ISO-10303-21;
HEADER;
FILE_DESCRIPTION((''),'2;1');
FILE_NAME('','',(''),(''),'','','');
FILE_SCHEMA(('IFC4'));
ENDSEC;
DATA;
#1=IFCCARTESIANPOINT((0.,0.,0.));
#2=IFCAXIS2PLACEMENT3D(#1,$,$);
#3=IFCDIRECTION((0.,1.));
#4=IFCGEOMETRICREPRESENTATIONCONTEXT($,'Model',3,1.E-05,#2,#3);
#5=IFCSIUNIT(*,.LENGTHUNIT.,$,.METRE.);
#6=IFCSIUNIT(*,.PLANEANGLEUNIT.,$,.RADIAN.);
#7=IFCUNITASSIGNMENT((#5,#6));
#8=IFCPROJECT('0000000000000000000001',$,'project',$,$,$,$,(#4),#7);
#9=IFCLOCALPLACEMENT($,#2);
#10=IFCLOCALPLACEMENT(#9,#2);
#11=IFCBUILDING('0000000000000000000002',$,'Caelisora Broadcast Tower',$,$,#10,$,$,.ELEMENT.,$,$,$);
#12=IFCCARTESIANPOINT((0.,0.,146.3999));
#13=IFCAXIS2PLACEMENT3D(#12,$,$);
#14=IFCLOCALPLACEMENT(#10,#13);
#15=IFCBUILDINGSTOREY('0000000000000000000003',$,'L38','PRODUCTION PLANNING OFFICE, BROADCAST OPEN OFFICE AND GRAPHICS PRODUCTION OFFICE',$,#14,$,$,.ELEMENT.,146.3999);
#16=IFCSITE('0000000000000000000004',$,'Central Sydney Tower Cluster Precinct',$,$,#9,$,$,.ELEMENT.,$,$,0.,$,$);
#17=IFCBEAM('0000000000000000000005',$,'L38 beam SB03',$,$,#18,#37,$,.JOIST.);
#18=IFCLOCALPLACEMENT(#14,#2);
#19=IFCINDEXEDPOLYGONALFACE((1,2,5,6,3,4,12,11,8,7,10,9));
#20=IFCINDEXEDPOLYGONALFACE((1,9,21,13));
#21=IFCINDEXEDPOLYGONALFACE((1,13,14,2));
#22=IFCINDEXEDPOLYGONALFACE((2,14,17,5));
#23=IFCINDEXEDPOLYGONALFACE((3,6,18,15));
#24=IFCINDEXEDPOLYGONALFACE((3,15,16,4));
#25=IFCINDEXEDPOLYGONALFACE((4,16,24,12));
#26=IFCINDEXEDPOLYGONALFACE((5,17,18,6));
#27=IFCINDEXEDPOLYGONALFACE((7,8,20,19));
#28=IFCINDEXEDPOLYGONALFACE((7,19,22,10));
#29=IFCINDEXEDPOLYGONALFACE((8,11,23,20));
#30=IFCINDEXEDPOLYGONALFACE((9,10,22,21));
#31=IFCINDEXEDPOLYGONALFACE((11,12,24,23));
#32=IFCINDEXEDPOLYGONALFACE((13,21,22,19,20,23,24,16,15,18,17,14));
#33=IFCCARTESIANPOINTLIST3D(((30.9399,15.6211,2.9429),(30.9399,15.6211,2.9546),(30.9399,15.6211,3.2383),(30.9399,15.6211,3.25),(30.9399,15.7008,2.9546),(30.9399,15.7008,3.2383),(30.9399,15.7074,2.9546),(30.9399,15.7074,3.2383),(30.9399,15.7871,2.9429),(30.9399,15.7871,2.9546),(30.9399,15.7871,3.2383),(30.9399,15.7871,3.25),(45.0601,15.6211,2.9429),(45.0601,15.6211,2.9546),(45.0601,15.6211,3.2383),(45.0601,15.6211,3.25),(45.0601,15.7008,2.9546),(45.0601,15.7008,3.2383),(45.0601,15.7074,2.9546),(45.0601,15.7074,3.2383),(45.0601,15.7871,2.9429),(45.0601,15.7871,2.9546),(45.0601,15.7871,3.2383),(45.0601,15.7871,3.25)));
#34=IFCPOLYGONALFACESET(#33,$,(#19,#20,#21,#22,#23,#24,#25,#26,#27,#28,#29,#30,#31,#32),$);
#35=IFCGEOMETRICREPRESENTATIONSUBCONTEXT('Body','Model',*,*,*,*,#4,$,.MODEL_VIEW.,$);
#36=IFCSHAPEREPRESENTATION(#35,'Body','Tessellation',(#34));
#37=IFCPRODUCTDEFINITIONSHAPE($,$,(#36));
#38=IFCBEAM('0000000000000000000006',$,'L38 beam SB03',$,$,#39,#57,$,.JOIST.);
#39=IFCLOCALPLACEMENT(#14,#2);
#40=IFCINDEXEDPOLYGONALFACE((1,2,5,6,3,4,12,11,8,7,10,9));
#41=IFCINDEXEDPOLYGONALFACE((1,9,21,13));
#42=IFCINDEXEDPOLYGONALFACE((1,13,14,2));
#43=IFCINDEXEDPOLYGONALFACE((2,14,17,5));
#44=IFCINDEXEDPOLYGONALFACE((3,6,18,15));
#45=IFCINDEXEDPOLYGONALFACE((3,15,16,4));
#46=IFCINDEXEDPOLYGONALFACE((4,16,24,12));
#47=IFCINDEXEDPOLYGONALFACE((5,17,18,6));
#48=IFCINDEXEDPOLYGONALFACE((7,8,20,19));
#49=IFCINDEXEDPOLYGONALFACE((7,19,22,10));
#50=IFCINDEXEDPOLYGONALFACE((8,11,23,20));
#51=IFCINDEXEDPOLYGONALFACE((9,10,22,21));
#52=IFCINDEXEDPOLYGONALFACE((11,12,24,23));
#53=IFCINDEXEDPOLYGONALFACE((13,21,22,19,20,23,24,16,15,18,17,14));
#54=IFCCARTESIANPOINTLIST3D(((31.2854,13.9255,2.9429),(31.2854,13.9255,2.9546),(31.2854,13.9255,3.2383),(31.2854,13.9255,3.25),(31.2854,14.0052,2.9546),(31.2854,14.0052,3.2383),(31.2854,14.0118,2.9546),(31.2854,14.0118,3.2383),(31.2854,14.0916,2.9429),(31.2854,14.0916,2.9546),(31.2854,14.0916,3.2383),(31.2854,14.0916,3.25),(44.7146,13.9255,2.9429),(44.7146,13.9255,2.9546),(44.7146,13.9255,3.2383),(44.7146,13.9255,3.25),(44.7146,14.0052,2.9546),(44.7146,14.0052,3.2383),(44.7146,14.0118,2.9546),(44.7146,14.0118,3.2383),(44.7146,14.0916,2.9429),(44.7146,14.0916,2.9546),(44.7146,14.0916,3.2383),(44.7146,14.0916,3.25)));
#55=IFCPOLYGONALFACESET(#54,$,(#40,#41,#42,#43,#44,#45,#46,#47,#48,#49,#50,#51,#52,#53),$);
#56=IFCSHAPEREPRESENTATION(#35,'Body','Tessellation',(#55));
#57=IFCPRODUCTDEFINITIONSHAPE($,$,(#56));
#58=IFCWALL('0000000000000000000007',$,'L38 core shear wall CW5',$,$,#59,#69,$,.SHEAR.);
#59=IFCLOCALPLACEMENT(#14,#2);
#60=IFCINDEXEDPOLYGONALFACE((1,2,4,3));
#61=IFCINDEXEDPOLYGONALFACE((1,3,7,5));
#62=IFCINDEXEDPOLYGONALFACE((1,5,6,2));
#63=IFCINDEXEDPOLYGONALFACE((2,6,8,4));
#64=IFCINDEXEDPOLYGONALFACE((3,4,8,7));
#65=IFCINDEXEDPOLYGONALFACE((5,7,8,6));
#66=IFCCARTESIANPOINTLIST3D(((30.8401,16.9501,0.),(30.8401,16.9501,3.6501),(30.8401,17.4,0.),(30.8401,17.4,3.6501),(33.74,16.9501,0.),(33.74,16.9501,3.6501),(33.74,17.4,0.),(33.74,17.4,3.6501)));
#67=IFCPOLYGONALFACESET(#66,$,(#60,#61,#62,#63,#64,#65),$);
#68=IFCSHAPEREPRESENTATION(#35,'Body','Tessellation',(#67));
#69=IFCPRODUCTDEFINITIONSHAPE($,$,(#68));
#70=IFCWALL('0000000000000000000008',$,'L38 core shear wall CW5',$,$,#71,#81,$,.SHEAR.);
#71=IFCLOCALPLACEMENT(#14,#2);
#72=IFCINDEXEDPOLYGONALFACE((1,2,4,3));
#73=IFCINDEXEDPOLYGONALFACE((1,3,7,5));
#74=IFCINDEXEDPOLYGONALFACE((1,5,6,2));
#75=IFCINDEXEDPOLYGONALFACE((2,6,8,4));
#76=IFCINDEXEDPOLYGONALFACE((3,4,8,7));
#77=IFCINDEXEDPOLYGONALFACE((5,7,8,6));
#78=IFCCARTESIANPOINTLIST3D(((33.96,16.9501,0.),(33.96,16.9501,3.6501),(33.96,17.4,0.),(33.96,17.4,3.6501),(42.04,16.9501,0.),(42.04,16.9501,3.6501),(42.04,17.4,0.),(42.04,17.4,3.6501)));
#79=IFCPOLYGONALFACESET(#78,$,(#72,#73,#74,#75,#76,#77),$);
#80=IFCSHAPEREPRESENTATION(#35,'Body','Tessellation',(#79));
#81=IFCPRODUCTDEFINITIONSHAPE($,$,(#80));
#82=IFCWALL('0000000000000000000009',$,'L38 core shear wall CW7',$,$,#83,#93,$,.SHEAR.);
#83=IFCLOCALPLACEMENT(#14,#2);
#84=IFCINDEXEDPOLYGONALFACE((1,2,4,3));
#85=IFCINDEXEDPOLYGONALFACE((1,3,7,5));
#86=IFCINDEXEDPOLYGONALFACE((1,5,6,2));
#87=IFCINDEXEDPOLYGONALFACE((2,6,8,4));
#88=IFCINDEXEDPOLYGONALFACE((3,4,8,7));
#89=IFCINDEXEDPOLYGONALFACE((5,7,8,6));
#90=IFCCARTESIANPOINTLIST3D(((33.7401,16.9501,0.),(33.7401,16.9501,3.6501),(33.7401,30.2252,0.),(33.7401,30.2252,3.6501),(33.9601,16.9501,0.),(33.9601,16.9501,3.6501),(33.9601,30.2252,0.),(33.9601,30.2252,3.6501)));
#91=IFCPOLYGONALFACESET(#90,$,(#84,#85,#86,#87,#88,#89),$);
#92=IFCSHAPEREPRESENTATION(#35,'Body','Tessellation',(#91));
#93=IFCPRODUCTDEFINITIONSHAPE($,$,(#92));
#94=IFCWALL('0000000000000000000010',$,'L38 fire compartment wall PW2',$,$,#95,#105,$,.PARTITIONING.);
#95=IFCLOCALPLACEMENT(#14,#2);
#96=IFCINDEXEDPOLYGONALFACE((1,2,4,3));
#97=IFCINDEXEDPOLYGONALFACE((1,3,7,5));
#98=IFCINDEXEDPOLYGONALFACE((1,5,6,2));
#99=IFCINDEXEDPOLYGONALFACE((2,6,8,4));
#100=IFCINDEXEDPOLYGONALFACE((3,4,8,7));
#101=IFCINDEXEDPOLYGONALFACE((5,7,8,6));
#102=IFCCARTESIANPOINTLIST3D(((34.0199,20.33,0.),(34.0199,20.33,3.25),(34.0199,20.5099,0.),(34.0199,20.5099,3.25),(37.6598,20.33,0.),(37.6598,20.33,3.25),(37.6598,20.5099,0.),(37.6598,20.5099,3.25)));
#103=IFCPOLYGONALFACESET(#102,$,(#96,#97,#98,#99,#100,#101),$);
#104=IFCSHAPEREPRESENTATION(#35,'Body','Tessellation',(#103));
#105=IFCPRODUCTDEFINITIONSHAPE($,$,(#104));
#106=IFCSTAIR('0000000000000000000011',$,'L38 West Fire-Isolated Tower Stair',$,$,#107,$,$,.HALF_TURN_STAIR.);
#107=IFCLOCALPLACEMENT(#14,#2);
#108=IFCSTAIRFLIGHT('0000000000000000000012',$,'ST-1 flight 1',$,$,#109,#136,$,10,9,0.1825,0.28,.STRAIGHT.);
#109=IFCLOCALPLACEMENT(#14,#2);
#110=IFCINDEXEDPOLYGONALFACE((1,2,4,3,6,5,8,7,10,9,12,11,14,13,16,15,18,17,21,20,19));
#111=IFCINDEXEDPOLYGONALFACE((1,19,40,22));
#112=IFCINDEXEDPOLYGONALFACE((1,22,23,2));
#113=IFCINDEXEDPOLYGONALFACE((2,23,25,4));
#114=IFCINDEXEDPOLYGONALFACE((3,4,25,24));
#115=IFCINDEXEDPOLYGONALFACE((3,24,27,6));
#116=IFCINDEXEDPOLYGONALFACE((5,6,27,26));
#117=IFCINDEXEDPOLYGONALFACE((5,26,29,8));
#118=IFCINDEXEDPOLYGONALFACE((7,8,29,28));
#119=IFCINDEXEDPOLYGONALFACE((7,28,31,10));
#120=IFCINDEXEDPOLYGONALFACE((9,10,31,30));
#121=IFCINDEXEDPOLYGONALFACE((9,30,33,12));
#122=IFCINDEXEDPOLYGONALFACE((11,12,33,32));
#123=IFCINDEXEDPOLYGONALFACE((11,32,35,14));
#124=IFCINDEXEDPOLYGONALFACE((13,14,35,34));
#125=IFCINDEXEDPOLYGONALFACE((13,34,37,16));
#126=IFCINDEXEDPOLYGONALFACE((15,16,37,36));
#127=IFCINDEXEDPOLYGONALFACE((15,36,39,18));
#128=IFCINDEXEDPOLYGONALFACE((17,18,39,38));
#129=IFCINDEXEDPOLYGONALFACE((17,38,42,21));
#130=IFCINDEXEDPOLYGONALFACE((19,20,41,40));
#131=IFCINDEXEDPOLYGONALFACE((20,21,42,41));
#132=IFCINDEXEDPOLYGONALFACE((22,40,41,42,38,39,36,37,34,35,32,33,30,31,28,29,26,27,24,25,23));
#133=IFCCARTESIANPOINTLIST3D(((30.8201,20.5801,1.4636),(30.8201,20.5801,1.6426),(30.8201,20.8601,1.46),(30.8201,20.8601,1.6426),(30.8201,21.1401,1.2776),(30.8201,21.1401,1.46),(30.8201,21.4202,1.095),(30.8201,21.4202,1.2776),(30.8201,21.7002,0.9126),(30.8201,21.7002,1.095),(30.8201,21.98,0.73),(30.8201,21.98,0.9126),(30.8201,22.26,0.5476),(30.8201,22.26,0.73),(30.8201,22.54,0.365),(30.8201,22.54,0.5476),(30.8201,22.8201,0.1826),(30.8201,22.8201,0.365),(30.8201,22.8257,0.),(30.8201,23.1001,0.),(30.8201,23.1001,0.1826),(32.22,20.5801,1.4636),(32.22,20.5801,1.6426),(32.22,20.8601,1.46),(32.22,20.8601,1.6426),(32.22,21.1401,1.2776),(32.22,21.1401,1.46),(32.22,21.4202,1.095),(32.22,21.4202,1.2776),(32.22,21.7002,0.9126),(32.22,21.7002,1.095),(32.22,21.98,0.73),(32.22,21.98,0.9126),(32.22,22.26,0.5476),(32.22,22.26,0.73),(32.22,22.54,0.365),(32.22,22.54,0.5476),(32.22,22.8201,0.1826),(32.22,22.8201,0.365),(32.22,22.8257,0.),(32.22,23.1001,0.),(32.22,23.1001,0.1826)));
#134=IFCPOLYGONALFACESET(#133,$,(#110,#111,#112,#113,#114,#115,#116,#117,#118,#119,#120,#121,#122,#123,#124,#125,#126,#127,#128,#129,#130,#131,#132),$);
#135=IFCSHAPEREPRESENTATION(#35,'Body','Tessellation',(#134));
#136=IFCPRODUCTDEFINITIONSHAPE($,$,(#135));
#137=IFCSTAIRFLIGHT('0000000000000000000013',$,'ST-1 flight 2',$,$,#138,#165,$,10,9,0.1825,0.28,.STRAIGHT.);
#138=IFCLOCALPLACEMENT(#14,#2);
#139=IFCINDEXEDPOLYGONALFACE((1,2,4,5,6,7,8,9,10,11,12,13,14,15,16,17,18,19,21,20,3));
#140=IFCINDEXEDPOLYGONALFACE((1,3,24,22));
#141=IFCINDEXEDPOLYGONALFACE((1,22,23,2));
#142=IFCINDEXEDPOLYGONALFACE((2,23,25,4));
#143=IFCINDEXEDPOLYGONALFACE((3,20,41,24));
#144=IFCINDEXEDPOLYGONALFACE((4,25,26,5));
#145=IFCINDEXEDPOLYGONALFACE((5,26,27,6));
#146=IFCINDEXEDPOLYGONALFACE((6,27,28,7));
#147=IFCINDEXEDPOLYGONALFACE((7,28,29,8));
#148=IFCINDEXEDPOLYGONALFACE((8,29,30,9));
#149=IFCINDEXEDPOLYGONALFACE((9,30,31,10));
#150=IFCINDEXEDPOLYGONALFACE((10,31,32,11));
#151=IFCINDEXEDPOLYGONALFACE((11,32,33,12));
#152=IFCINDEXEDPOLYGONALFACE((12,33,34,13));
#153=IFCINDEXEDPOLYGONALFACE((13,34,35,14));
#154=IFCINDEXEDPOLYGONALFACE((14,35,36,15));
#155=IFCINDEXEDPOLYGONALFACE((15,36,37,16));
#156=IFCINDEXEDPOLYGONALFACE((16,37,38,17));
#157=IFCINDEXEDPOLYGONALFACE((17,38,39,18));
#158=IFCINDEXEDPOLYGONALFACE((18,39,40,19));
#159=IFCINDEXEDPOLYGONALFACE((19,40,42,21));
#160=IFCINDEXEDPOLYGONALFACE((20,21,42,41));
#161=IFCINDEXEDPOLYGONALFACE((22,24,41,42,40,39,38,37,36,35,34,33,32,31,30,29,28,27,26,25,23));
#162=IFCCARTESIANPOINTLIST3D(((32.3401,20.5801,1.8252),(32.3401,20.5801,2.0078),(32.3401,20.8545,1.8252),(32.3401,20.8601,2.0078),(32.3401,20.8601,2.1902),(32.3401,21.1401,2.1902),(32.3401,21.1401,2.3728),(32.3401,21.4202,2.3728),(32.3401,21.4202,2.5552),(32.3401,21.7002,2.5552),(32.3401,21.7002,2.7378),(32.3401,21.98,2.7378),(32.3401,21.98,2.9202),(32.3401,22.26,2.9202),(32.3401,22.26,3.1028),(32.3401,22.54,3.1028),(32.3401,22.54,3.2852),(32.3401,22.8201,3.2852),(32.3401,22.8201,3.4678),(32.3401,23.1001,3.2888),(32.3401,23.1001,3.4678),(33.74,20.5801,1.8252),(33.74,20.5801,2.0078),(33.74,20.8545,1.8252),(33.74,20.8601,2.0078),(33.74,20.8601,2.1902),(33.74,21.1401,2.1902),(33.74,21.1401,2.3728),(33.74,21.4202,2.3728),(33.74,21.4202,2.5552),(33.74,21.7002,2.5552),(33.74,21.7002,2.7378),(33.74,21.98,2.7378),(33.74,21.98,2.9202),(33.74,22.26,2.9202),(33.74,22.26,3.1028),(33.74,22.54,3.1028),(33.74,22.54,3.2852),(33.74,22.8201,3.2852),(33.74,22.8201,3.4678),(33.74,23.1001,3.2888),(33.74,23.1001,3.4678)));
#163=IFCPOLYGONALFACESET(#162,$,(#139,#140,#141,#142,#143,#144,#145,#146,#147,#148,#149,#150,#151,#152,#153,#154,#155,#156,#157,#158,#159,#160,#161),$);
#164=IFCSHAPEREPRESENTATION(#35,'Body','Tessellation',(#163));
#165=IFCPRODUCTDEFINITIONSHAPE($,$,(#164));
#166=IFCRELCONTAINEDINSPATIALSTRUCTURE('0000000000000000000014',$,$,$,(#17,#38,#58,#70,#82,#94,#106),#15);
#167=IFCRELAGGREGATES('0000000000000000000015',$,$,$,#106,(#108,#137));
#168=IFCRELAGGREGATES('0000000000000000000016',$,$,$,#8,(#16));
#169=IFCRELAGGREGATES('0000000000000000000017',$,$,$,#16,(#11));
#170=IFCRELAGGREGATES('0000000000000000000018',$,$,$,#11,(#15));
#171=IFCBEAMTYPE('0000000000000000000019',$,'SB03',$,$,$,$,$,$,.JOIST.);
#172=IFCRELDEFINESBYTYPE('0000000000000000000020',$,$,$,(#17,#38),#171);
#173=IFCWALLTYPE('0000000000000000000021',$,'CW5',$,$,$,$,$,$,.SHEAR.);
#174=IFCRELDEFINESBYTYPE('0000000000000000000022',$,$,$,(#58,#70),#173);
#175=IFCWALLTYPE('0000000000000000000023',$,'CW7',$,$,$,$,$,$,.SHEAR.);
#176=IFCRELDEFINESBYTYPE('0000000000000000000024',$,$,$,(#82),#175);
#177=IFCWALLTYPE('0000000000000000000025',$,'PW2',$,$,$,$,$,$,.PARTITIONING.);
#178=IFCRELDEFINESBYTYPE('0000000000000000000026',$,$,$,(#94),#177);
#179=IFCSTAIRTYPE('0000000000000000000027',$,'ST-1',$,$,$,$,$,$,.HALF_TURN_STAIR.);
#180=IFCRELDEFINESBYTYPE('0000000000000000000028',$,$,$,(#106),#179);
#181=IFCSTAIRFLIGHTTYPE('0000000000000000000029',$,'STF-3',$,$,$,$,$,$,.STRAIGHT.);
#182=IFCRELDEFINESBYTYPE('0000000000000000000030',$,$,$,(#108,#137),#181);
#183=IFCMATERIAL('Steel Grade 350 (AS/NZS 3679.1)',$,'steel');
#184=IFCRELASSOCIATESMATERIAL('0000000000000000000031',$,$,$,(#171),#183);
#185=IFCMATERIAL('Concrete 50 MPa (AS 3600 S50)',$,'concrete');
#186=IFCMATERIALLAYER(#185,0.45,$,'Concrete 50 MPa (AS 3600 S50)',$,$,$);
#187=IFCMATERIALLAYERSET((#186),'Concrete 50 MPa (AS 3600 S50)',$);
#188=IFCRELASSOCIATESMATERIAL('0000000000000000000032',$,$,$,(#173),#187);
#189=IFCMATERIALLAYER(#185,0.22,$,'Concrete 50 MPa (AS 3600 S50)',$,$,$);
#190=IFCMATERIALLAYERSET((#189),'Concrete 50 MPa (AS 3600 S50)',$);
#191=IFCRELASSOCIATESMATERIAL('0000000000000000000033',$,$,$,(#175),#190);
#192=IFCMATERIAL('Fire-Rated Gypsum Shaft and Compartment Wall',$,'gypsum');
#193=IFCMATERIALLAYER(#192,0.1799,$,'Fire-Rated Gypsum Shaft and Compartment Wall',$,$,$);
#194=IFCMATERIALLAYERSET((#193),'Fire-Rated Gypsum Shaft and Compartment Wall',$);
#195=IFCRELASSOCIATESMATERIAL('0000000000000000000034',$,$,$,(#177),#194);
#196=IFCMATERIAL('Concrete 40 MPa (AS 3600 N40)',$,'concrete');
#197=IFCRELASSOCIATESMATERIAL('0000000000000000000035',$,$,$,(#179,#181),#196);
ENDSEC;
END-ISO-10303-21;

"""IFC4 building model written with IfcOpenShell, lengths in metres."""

from ifc_helpers import new_model, si_unit, direction, frame, frame_2d, origin, origin_2d, place, context, subcontext, project, spatial, polyline, rectangle, i_section, outline, extrude, source, transform, mapped, material, layer, layer_set, material_profile, profile_set, type_object, element, aggregate, save


model = new_model("IFC4")

# Units and contexts
model_context = context("Model", 3, precision=1e-05, world=origin(), true_north=direction((0.0, 1.0)))
body_context = subcontext(model_context, "Body", "Model", "MODEL_VIEW")
ifc_project = project(units=[si_unit("LENGTHUNIT", "METRE"), si_unit("PLANEANGLEUNIT", "RADIAN")], contexts=[model_context])

# Site, building, storey
site_placement = place(None, origin())
site = spatial("IfcSite", under=ifc_project, at=site_placement, Name="Central Sydney Tower Cluster Precinct", CompositionType="ELEMENT", RefElevation=0.0)
building_placement = place(site_placement, origin())
building = spatial("IfcBuilding", under=site, at=building_placement, Name="Caelisora Broadcast Tower", CompositionType="ELEMENT")
storey_placement = place(building_placement, frame((0.0, 0.0, 146.3999)))
storey = spatial("IfcBuildingStorey", under=building, at=storey_placement, Name="L38", Description="PRODUCTION PLANNING OFFICE, BROADCAST OPEN OFFICE AND GRAPHICS PRODUCTION OFFICE", CompositionType="ELEMENT", Elevation=146.3999)

# Beams
ifc_material_1 = material(Name="Steel Grade 350 (AS/NZS 3679.1)", Category="steel")
ifc_material_profile_1 = material_profile(ifc_material_1, i_section(OverallWidth=0.166, OverallDepth=0.3071, WebThickness=0.0066, FlangeThickness=0.0117, at=origin_2d()), Name="Steel Grade 350 (AS/NZS 3679.1)")
ifc_profile_set_1 = profile_set([ifc_material_profile_1], Name="Steel Grade 350 (AS/NZS 3679.1)")
beam_type_1 = type_object("IfcBeamType", Name="SB03", PredefinedType="JOIST", material=ifc_profile_set_1)
shared_shape_1 = source(origin(), body_context, "Body", "SweptSolid", [
    extrude(i_section(OverallWidth=0.166, OverallDepth=0.3071, WebThickness=0.0066, FlangeThickness=0.0117, at=origin_2d()), origin(), (0.0, 0.0, 1.0), 14.1201),
])
beam_1_placement = place(storey_placement, frame((30.9399, 15.7041, 3.0964), z_axis=(1.0, 0.0, 0.0), x_axis=(0.0, 1.0, 0.0)))
element("IfcBeam", 1, at=beam_1_placement, inside=storey, type_object=beam_type_1, Name="L38 beam SB03", PredefinedType="JOIST", context=body_context, shape_type="MappedRepresentation", body=[
    mapped(shared_shape_1, transform((0.0, 0.0, 0.0), scale=1.0)),
])
shared_shape_2 = source(origin(), body_context, "Body", "SweptSolid", [
    extrude(i_section(OverallWidth=0.166, OverallDepth=0.3071, WebThickness=0.0066, FlangeThickness=0.0117, at=origin_2d()), origin(), (0.0, 0.0, 1.0), 13.4292),
])
beam_2_placement = place(storey_placement, frame((31.2854, 14.0085, 3.0964), z_axis=(1.0, 0.0, 0.0), x_axis=(0.0, 1.0, 0.0)))
element("IfcBeam", 2, at=beam_2_placement, inside=storey, type_object=beam_type_1, Name="L38 beam SB03", PredefinedType="JOIST", context=body_context, shape_type="MappedRepresentation", body=[
    mapped(shared_shape_2, transform((0.0, 0.0, 0.0), scale=1.0)),
])

# Shared definitions
ifc_material_2 = material(Name="Concrete 50 MPa (AS 3600 S50)", Category="concrete")

# Walls
ifc_layer_1 = layer(ifc_material_2, 0.45, Name="Concrete 50 MPa (AS 3600 S50)")
ifc_layer_set_1 = layer_set([ifc_layer_1], Name="Concrete 50 MPa (AS 3600 S50)")
wall_type_1 = type_object("IfcWallType", Name="CW5", PredefinedType="SHEAR", material=ifc_layer_set_1)
wall_1_placement = place(storey_placement, frame((30.8401, 17.175, 0.0), z_axis=(0.0, 0.0, 1.0), x_axis=(1.0, 0.0, 0.0)))
element("IfcWall", 3, at=wall_1_placement, inside=storey, type_object=wall_type_1, Name="L38 core shear wall CW5", PredefinedType="SHEAR", context=body_context, shape_type="SweptSolid", body=[
    extrude(rectangle(XDim=2.8999, YDim=0.45, at=frame_2d((1.45, 0.0))), origin(), (0.0, 0.0, 1.0), 3.6501),
])
wall_2_placement = place(storey_placement, frame((33.96, 17.175, 0.0), z_axis=(0.0, 0.0, 1.0), x_axis=(1.0, 0.0, 0.0)))
element("IfcWall", 4, at=wall_2_placement, inside=storey, type_object=wall_type_1, Name="L38 core shear wall CW5", PredefinedType="SHEAR", context=body_context, shape_type="SweptSolid", body=[
    extrude(rectangle(XDim=8.0801, YDim=0.45, at=frame_2d((4.04, 0.0))), origin(), (0.0, 0.0, 1.0), 3.6501),
])
ifc_layer_2 = layer(ifc_material_2, 0.22, Name="Concrete 50 MPa (AS 3600 S50)")
ifc_layer_set_2 = layer_set([ifc_layer_2], Name="Concrete 50 MPa (AS 3600 S50)")
wall_type_2 = type_object("IfcWallType", Name="CW7", PredefinedType="SHEAR", material=ifc_layer_set_2)
wall_3_placement = place(storey_placement, frame((33.8501, 16.95, 0.0), z_axis=(0.0, 0.0, 1.0), x_axis=(0.0, 1.0, 0.0)))
element("IfcWall", 5, at=wall_3_placement, inside=storey, type_object=wall_type_2, Name="L38 core shear wall CW7", PredefinedType="SHEAR", context=body_context, shape_type="SweptSolid", body=[
    extrude(rectangle(XDim=13.2751, YDim=0.22, at=frame_2d((6.6377, 0.0))), origin(), (0.0, 0.0, 1.0), 3.6501),
])
ifc_material_3 = material(Name="Fire-Rated Gypsum Shaft and Compartment Wall", Category="gypsum")
ifc_layer_3 = layer(ifc_material_3, 0.1799, Name="Fire-Rated Gypsum Shaft and Compartment Wall")
ifc_layer_set_3 = layer_set([ifc_layer_3], Name="Fire-Rated Gypsum Shaft and Compartment Wall")
wall_type_3 = type_object("IfcWallType", Name="PW2", PredefinedType="PARTITIONING", material=ifc_layer_set_3)
wall_4_placement = place(storey_placement, frame((34.02, 20.4199, 0.0), z_axis=(0.0, 0.0, 1.0), x_axis=(1.0, 0.0, 0.0)))
element("IfcWall", 6, at=wall_4_placement, inside=storey, type_object=wall_type_3, Name="L38 fire compartment wall PW2", PredefinedType="PARTITIONING", context=body_context, shape_type="SweptSolid", body=[
    extrude(rectangle(XDim=3.6399, YDim=0.1799, at=frame_2d((1.8198, 0.0))), origin(), (0.0, 0.0, 1.0), 3.25),
])

# Stair, stair flights
ifc_material_4 = material(Name="Concrete 40 MPa (AS 3600 N40)", Category="concrete")
stair_type = type_object("IfcStairType", Name="ST-1", PredefinedType="HALF_TURN_STAIR", material=ifc_material_4)
stair_placement = place(storey_placement, origin())
stair = element("IfcStair", 7, at=stair_placement, inside=storey, type_object=stair_type, Name="L38 West Fire-Isolated Tower Stair", PredefinedType="HALF_TURN_STAIR")
stair_flight_type = type_object("IfcStairFlightType", Name="STF-3", PredefinedType="STRAIGHT", material=ifc_material_4)
stair_flight_1_placement = place(storey_placement, frame((31.52, 23.1001, 0.0), z_axis=(0.0, 0.0, 1.0), x_axis=(0.0, -1.0, 0.0)))
stair_flight_1 = element("IfcStairFlight", 8, at=stair_flight_1_placement, type_object=stair_flight_type, Name="ST-1 flight 1", NumberOfRisers=10, NumberOfTreads=9, PredefinedType="STRAIGHT", RiserHeight=0.1825, TreadLength=0.28, context=body_context, shape_type="SweptSolid", body=[
    extrude(outline(polyline([(0.0, 0.0), (0.0, 0.1826), (0.28, 0.1826), (0.28, 0.365), (0.5601, 0.365), (0.5601, 0.5476), (0.8401, 0.5476), (0.8401, 0.73), (1.1201, 0.73), (1.1201, 0.9126), (1.3999, 0.9126), (1.3999, 1.095), (1.6799, 1.095), (1.6799, 1.2776), (1.96, 1.2776), (1.96, 1.46), (2.24, 1.46), (2.24, 1.6426), (2.52, 1.6426), (2.52, 1.825), (2.52, 1.4636), (0.2744, 0.0), (0.0, 0.0)])), frame((0.0, 0.7, 0.0), z_axis=(0.0, -1.0, 0.0), x_axis=(1.0, 0.0, 0.0)), (0.0, 0.0, 1.0), 1.3999),
])
stair_flight_2_placement = place(storey_placement, frame((33.04, 20.5801, 1.8252), z_axis=(0.0, 0.0, 1.0), x_axis=(0.0, 1.0, 0.0)))
stair_flight_2 = element("IfcStairFlight", 9, at=stair_flight_2_placement, type_object=stair_flight_type, Name="ST-1 flight 2", NumberOfRisers=10, NumberOfTreads=9, PredefinedType="STRAIGHT", RiserHeight=0.1825, TreadLength=0.28, context=body_context, shape_type="SweptSolid", body=[
    extrude(outline(polyline([(0.0, 0.0), (0.0, 0.1826), (0.28, 0.1826), (0.28, 0.365), (0.5601, 0.365), (0.5601, 0.5476), (0.8401, 0.5476), (0.8401, 0.73), (1.1201, 0.73), (1.1201, 0.9126), (1.3999, 0.9126), (1.3999, 1.095), (1.6799, 1.095), (1.6799, 1.2776), (1.96, 1.2776), (1.96, 1.46), (2.24, 1.46), (2.24, 1.6426), (2.52, 1.6426), (2.52, 1.825), (2.52, 1.4636), (0.2744, 0.0), (0.0, 0.0)])), frame((0.0, 0.7, 0.0), z_axis=(0.0, -1.0, 0.0), x_axis=(1.0, 0.0, 0.0)), (0.0, 0.0, 1.0), 1.3999),
])
aggregate(stair, [stair_flight_1, stair_flight_2])

save(model, "model.ifc")
